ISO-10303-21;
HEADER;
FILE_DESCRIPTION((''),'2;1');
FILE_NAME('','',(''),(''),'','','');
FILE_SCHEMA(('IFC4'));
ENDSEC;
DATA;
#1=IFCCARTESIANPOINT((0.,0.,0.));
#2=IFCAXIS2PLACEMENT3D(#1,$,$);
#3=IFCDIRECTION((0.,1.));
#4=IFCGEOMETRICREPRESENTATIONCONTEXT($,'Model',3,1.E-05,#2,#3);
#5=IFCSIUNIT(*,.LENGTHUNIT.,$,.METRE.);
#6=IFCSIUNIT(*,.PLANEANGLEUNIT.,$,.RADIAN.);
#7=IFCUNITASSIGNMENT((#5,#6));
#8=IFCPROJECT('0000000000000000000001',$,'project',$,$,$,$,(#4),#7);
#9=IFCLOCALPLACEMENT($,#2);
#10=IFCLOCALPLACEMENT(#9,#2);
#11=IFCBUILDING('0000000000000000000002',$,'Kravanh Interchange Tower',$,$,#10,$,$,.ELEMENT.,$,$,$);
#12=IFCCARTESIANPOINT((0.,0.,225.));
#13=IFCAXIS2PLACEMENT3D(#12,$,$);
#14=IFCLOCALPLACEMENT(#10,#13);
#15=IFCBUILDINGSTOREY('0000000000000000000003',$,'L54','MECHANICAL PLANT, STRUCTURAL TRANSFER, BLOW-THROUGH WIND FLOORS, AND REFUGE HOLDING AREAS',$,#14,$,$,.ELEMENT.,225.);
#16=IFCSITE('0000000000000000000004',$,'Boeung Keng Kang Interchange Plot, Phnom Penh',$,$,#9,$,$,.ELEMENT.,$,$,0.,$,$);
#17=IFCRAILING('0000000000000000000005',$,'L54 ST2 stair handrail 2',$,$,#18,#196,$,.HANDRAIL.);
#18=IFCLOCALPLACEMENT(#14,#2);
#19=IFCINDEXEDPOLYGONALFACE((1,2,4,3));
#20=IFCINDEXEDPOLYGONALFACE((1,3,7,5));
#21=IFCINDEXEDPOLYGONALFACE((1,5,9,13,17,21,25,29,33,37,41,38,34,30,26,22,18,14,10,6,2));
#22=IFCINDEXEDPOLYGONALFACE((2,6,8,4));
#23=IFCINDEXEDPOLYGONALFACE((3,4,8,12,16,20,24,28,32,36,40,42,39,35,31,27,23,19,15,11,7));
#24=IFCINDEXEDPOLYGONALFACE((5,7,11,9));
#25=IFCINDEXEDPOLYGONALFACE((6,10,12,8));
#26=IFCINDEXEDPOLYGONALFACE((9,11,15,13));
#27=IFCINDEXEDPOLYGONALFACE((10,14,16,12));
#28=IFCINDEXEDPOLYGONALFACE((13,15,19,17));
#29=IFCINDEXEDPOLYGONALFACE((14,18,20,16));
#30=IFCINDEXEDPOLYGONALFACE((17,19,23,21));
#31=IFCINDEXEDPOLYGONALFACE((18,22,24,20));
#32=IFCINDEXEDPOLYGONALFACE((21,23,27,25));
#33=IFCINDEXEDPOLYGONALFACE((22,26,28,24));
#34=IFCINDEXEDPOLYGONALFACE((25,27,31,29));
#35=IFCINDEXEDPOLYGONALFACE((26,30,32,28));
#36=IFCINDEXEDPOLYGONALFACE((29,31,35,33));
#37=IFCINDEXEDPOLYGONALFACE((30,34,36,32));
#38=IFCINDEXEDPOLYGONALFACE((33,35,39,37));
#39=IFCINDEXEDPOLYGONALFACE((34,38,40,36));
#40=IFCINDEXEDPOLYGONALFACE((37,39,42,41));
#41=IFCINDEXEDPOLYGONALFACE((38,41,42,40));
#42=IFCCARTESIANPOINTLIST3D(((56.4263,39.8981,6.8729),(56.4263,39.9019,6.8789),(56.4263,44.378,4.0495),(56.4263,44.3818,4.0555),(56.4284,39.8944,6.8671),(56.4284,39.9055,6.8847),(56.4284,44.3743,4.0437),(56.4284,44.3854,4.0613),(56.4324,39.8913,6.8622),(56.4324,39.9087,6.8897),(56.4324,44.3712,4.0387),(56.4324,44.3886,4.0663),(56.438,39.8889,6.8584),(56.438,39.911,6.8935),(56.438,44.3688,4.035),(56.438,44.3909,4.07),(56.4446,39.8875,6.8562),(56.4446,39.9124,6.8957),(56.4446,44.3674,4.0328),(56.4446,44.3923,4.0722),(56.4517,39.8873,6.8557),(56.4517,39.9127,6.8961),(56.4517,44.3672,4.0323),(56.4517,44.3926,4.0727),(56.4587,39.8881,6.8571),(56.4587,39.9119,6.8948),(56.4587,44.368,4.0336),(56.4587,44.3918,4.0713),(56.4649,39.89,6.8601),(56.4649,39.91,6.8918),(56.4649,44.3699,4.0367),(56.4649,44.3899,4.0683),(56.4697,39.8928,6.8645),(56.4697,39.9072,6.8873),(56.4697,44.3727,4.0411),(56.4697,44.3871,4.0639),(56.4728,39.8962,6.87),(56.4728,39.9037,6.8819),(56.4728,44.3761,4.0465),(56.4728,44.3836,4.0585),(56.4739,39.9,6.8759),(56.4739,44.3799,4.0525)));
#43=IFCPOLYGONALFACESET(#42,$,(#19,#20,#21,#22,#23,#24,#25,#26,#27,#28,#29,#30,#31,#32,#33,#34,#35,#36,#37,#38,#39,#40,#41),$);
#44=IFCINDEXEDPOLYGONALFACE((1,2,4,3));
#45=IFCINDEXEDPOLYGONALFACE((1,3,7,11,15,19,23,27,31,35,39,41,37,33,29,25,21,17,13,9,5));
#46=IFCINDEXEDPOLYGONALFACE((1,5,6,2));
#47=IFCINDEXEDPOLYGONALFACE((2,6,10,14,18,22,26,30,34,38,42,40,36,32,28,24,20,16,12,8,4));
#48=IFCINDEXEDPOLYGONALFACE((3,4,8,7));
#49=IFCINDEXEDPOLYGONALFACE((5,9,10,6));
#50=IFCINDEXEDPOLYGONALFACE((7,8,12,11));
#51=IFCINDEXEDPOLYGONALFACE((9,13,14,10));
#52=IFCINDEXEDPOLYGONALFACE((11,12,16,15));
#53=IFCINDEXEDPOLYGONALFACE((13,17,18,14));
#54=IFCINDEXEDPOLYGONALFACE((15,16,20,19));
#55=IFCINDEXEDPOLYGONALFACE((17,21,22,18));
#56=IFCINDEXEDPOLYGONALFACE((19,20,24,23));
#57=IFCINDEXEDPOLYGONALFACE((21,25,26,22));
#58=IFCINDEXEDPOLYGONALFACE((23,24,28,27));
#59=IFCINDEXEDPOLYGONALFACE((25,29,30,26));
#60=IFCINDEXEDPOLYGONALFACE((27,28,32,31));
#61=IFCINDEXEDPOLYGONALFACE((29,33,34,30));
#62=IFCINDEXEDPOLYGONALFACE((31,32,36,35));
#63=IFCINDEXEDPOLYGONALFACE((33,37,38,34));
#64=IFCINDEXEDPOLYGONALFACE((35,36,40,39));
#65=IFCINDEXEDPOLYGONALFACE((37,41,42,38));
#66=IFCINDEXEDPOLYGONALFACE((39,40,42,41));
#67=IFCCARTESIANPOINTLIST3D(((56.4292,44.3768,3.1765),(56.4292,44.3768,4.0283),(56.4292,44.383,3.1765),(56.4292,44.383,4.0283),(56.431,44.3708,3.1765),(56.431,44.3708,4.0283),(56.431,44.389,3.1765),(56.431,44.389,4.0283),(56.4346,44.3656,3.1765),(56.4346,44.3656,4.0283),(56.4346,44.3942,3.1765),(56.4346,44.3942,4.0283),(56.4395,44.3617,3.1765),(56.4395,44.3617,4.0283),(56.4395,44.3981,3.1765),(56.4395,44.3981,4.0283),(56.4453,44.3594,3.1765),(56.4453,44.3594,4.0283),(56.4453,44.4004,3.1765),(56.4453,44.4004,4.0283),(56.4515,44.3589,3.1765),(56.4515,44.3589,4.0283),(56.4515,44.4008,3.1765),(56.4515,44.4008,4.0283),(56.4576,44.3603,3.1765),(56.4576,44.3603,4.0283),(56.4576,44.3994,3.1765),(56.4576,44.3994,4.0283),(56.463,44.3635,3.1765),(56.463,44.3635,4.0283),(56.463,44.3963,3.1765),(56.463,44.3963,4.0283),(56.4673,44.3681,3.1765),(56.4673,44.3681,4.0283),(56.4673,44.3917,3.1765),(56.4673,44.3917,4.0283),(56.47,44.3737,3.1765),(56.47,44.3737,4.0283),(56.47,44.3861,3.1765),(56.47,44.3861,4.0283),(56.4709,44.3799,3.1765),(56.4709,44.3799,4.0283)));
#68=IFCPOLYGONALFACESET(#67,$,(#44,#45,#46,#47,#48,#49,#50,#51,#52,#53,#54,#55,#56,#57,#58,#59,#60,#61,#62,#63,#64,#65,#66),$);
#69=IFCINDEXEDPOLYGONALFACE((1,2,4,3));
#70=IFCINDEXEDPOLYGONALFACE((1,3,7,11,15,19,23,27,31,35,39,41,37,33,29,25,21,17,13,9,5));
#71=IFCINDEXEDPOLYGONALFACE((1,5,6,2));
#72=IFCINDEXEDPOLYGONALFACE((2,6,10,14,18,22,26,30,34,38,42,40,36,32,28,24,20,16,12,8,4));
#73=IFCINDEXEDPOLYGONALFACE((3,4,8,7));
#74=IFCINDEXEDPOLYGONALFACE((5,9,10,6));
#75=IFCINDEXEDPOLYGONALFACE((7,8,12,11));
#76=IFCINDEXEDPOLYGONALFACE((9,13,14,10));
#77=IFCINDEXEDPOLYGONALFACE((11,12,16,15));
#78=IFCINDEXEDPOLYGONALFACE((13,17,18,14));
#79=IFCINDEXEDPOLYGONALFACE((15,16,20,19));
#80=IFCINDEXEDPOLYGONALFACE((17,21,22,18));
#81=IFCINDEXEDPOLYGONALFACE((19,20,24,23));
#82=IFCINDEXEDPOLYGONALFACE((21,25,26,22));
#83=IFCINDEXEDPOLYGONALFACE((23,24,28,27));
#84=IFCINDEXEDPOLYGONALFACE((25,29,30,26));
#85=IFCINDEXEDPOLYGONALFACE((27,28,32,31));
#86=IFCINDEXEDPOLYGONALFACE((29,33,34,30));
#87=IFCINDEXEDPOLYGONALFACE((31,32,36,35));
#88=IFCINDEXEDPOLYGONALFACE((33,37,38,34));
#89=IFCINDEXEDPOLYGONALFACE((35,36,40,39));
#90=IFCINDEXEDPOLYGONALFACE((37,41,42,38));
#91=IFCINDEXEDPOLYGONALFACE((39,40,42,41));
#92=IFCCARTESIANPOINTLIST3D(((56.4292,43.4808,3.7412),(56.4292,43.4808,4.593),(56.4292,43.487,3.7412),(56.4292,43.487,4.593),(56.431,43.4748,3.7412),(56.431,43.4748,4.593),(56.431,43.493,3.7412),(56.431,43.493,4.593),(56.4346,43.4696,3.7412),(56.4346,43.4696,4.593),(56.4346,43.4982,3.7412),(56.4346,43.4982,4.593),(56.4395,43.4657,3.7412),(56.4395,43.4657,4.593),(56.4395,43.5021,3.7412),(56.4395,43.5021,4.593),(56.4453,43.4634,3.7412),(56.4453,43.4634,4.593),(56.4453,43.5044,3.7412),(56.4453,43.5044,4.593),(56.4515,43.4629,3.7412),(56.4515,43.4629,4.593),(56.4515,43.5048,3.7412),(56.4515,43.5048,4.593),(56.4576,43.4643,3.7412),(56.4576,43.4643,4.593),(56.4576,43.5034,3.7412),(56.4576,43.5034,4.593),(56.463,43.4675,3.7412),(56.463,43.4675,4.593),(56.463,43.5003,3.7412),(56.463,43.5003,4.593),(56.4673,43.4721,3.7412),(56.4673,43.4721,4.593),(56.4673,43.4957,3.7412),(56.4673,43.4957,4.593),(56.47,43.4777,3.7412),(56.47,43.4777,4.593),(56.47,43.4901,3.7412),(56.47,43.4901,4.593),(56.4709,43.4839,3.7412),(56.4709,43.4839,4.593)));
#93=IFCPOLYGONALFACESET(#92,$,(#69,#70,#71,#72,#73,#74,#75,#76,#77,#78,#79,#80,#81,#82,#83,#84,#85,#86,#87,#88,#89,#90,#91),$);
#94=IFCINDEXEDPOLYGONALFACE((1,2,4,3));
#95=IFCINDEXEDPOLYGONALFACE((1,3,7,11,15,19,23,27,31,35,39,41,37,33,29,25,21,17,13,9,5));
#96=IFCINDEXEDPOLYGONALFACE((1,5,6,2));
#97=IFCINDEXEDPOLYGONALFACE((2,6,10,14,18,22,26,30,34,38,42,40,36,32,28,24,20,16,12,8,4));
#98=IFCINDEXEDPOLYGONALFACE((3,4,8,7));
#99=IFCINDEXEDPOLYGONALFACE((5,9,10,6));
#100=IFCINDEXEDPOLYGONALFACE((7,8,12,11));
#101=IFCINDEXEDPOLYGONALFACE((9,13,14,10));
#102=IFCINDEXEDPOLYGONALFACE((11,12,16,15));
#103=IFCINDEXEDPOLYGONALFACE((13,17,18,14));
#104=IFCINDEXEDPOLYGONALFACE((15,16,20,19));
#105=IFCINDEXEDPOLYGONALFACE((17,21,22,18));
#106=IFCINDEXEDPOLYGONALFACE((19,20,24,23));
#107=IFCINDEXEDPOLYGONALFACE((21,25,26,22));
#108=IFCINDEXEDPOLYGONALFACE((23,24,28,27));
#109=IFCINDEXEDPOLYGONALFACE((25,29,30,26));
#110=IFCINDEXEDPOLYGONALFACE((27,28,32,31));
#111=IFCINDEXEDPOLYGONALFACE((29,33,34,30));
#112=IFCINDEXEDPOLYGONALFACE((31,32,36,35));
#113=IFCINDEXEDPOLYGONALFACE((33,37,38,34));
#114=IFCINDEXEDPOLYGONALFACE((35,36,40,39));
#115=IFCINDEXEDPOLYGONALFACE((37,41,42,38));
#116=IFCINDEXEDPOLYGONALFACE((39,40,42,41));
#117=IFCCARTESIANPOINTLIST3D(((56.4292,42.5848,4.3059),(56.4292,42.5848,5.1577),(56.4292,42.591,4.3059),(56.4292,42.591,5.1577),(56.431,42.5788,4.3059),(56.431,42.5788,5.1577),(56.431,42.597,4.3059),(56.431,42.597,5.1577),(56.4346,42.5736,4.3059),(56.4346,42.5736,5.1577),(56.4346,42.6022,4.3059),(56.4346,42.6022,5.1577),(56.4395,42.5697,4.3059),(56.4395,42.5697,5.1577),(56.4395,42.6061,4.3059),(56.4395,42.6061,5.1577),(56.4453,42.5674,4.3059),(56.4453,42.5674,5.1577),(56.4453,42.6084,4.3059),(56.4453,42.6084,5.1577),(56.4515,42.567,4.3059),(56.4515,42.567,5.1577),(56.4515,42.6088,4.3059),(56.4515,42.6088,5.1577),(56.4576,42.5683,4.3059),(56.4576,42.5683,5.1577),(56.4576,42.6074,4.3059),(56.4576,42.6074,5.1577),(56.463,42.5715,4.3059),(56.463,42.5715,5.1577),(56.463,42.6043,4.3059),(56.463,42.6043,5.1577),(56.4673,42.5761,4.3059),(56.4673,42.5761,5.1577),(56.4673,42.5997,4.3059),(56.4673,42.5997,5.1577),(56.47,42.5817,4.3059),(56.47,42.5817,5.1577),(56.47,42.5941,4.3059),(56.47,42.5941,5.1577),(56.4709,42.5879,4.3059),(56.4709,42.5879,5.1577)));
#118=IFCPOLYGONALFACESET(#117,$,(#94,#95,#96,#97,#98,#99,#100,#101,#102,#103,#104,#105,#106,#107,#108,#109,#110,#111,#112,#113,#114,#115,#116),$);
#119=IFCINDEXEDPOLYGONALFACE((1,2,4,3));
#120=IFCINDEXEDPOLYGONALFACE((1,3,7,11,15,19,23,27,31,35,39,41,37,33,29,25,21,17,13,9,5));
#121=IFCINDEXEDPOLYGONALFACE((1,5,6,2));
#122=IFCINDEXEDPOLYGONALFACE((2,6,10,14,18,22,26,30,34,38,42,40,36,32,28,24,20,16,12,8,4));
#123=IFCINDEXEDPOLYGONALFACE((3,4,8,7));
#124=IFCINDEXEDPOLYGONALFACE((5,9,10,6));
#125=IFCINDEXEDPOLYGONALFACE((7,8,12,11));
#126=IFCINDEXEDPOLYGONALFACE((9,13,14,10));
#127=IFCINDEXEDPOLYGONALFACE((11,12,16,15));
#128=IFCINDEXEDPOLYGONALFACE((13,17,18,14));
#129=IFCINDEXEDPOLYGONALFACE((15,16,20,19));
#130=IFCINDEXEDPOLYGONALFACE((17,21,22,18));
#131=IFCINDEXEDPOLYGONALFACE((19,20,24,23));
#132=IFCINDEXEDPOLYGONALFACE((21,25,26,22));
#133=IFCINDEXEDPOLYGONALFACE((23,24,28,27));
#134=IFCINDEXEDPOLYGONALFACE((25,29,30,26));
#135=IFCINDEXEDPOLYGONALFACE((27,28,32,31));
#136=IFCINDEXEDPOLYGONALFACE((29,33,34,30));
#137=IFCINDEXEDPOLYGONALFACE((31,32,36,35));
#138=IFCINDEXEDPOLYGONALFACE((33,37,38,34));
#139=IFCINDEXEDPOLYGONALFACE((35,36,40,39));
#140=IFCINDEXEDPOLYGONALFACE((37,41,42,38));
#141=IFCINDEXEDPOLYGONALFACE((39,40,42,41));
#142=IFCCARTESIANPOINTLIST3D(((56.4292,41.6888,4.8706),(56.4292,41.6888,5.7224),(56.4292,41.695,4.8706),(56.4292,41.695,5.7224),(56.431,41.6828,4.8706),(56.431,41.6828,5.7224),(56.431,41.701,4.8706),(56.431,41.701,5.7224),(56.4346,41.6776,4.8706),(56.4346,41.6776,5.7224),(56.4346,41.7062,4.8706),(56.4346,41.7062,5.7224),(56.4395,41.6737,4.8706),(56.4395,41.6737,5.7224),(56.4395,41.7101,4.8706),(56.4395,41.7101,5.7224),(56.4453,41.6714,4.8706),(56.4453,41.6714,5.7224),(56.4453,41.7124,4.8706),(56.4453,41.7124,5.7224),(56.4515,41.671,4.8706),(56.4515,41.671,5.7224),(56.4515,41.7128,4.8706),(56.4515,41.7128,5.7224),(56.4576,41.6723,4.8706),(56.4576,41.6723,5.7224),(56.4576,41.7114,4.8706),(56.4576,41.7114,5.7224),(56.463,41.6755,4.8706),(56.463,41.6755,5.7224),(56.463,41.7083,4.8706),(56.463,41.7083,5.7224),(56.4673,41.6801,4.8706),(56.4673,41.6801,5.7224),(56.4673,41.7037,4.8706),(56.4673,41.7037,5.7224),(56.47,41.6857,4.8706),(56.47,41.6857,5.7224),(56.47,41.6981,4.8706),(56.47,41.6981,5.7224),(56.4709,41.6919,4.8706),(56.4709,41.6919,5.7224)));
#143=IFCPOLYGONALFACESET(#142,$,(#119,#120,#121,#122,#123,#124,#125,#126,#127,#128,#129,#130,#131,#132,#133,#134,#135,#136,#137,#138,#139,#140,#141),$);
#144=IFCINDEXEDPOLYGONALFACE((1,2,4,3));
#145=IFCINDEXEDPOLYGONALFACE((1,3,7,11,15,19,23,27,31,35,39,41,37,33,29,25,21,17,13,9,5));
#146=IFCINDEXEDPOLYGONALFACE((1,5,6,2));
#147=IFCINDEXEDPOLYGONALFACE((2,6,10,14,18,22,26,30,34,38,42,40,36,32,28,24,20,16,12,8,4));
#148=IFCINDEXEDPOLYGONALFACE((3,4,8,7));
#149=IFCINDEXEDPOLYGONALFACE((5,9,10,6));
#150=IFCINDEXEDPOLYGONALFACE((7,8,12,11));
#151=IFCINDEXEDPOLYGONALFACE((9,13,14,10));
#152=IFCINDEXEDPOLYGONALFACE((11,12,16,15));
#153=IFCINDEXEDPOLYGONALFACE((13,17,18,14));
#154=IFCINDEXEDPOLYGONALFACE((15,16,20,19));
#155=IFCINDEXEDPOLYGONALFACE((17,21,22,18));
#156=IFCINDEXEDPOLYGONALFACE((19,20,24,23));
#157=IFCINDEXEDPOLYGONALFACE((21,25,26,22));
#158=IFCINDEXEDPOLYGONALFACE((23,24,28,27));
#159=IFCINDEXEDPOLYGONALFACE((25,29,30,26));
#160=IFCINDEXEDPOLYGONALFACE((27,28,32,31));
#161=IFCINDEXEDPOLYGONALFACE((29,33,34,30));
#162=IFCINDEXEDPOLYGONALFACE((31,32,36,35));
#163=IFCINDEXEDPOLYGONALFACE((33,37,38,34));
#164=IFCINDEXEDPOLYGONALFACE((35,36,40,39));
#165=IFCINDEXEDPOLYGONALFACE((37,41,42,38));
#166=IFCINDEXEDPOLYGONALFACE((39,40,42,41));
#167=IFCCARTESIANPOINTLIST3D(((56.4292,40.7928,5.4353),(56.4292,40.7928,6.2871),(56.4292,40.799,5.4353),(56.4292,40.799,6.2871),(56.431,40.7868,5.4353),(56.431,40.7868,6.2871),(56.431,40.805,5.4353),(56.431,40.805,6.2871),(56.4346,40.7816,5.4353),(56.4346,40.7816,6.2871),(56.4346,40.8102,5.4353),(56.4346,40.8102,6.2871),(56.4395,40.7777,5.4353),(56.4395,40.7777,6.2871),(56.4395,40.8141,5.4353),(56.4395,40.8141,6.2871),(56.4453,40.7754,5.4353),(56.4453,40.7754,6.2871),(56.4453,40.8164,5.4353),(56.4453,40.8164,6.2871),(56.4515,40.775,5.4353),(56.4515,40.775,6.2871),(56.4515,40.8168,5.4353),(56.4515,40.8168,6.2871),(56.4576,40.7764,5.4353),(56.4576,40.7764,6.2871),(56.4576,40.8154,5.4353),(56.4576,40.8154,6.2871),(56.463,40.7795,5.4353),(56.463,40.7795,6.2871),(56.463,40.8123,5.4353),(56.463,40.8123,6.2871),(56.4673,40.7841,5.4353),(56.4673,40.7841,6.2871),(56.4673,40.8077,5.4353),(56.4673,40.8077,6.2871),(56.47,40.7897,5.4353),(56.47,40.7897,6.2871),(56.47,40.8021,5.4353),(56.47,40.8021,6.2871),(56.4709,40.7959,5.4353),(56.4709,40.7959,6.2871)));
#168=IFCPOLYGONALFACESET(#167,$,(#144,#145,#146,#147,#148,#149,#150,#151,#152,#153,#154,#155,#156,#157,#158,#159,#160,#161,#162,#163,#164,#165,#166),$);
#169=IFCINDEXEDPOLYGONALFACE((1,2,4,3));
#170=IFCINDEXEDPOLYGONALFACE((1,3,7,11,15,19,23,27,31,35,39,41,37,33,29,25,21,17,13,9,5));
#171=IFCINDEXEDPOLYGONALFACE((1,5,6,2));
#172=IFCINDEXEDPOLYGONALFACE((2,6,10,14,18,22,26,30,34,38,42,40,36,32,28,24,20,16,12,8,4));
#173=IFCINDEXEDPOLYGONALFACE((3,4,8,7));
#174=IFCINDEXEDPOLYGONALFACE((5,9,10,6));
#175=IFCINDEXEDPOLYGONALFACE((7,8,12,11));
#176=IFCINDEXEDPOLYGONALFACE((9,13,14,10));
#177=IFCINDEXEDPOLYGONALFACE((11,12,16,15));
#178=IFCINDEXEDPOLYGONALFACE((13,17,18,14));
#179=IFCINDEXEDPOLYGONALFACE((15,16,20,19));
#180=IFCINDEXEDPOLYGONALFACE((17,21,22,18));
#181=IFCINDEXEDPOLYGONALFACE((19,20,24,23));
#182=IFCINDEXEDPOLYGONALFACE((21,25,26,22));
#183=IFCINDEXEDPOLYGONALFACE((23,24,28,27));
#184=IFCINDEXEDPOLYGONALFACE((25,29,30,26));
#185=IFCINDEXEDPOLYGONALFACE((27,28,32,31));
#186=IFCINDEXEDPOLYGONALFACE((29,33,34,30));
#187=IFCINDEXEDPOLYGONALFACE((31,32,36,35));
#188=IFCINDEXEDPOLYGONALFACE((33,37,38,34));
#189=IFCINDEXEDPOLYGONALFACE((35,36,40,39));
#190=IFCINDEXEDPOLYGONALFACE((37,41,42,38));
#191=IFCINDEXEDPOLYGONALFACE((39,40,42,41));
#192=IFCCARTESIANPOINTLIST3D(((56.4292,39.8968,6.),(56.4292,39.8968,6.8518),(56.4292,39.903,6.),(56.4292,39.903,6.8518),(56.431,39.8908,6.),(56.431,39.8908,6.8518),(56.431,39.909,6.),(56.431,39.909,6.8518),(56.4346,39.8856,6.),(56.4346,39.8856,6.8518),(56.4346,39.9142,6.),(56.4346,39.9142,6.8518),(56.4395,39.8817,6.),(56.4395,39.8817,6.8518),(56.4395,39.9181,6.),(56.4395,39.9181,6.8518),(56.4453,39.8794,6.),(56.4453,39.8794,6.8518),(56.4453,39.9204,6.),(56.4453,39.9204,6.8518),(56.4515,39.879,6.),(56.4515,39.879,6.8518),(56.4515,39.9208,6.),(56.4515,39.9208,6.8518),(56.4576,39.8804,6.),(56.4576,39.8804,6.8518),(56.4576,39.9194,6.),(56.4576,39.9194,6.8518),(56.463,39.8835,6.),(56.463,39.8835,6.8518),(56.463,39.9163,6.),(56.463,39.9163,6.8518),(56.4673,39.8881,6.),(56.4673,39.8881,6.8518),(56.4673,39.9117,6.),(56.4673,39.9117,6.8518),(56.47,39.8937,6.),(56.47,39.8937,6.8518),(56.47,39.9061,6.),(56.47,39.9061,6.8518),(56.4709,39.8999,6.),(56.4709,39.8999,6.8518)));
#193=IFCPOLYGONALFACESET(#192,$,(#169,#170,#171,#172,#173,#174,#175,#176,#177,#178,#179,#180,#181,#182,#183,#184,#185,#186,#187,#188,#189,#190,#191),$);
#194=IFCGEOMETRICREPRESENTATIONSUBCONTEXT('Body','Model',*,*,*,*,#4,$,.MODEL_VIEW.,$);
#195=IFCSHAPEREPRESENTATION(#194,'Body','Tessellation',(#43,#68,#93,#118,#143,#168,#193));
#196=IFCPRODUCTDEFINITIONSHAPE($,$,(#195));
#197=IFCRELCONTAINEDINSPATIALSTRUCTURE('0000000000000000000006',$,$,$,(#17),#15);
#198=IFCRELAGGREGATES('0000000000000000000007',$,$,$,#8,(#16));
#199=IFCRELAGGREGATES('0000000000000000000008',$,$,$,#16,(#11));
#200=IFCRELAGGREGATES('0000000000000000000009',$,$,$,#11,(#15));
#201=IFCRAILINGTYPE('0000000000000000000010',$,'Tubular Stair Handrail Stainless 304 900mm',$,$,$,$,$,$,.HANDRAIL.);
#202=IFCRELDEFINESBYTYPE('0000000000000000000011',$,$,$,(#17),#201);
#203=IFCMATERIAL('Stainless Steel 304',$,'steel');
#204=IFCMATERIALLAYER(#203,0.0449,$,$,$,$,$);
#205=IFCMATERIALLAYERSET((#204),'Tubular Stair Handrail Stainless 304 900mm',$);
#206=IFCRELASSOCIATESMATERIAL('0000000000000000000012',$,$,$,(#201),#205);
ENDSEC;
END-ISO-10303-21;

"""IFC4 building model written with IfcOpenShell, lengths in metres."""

from ifc_helpers import new_model, si_unit, direction, frame, origin, origin_2d, place, context, subcontext, project, spatial, circle, extrude, material, layer, layer_set, type_object, element, save


model = new_model("IFC4")

# Units and contexts
model_context = context("Model", 3, precision=1e-05, world=origin(), true_north=direction((0.0, 1.0)))
body_context = subcontext(model_context, "Body", "Model", "MODEL_VIEW")
ifc_project = project(units=[si_unit("LENGTHUNIT", "METRE"), si_unit("PLANEANGLEUNIT", "RADIAN")], contexts=[model_context])

# Site, building, storey
site_placement = place(None, origin())
site = spatial("IfcSite", under=ifc_project, at=site_placement, Name="Boeung Keng Kang Interchange Plot, Phnom Penh", CompositionType="ELEMENT", RefElevation=0.0)
building_placement = place(site_placement, origin())
building = spatial("IfcBuilding", under=site, at=building_placement, Name="Kravanh Interchange Tower", CompositionType="ELEMENT")
storey_placement = place(building_placement, frame((0.0, 0.0, 225.0)))
storey = spatial("IfcBuildingStorey", under=building, at=storey_placement, Name="L54", Description="MECHANICAL PLANT, STRUCTURAL TRANSFER, BLOW-THROUGH WIND FLOORS, AND REFUGE HOLDING AREAS", CompositionType="ELEMENT", Elevation=225.0)

# Railing
ifc_material_1 = material(Name="Stainless Steel 304", Category="steel")
ifc_layer_1 = layer(ifc_material_1, 0.0449)
ifc_layer_set_1 = layer_set([ifc_layer_1], Name="Tubular Stair Handrail Stainless 304 900mm")
railing_type_1 = type_object("IfcRailingType", Name="Tubular Stair Handrail Stainless 304 900mm", PredefinedType="HANDRAIL", material=ifc_layer_set_1)
railing_1_placement = place(storey_placement, frame((56.45, 44.3799, 3.1765)))
element("IfcRailing", 1, at=railing_1_placement, inside=storey, type_object=railing_type_1, Name="L54 ST2 stair handrail 2", PredefinedType="HANDRAIL", context=body_context, shape_type="SweptSolid", body=[
    extrude(circle(Radius=0.0239, at=origin_2d()), frame((0.0, 0.0, 0.876), z_axis=(0.0, -0.845998, 0.533186), x_axis=(1.0, 0.0, 0.0)), (0.0, 0.0, 1.0), 5.2954),
    extrude(circle(Radius=0.021, at=origin_2d()), origin(), (0.0, 0.0, 1.0), 0.8518),
    extrude(circle(Radius=0.021, at=origin_2d()), frame((0.0, -0.896, 0.5647)), (0.0, 0.0, 1.0), 0.8518),
    extrude(circle(Radius=0.021, at=origin_2d()), frame((0.0, -1.792, 1.1294)), (0.0, 0.0, 1.0), 0.8518),
    extrude(circle(Radius=0.021, at=origin_2d()), frame((0.0, -2.688, 1.6941)), (0.0, 0.0, 1.0), 0.8518),
    extrude(circle(Radius=0.021, at=origin_2d()), frame((0.0, -3.584, 2.2588)), (0.0, 0.0, 1.0), 0.8518),
    extrude(circle(Radius=0.021, at=origin_2d()), frame((0.0, -4.48, 2.8235)), (0.0, 0.0, 1.0), 0.8518),
])

save(model, "model.ifc")
